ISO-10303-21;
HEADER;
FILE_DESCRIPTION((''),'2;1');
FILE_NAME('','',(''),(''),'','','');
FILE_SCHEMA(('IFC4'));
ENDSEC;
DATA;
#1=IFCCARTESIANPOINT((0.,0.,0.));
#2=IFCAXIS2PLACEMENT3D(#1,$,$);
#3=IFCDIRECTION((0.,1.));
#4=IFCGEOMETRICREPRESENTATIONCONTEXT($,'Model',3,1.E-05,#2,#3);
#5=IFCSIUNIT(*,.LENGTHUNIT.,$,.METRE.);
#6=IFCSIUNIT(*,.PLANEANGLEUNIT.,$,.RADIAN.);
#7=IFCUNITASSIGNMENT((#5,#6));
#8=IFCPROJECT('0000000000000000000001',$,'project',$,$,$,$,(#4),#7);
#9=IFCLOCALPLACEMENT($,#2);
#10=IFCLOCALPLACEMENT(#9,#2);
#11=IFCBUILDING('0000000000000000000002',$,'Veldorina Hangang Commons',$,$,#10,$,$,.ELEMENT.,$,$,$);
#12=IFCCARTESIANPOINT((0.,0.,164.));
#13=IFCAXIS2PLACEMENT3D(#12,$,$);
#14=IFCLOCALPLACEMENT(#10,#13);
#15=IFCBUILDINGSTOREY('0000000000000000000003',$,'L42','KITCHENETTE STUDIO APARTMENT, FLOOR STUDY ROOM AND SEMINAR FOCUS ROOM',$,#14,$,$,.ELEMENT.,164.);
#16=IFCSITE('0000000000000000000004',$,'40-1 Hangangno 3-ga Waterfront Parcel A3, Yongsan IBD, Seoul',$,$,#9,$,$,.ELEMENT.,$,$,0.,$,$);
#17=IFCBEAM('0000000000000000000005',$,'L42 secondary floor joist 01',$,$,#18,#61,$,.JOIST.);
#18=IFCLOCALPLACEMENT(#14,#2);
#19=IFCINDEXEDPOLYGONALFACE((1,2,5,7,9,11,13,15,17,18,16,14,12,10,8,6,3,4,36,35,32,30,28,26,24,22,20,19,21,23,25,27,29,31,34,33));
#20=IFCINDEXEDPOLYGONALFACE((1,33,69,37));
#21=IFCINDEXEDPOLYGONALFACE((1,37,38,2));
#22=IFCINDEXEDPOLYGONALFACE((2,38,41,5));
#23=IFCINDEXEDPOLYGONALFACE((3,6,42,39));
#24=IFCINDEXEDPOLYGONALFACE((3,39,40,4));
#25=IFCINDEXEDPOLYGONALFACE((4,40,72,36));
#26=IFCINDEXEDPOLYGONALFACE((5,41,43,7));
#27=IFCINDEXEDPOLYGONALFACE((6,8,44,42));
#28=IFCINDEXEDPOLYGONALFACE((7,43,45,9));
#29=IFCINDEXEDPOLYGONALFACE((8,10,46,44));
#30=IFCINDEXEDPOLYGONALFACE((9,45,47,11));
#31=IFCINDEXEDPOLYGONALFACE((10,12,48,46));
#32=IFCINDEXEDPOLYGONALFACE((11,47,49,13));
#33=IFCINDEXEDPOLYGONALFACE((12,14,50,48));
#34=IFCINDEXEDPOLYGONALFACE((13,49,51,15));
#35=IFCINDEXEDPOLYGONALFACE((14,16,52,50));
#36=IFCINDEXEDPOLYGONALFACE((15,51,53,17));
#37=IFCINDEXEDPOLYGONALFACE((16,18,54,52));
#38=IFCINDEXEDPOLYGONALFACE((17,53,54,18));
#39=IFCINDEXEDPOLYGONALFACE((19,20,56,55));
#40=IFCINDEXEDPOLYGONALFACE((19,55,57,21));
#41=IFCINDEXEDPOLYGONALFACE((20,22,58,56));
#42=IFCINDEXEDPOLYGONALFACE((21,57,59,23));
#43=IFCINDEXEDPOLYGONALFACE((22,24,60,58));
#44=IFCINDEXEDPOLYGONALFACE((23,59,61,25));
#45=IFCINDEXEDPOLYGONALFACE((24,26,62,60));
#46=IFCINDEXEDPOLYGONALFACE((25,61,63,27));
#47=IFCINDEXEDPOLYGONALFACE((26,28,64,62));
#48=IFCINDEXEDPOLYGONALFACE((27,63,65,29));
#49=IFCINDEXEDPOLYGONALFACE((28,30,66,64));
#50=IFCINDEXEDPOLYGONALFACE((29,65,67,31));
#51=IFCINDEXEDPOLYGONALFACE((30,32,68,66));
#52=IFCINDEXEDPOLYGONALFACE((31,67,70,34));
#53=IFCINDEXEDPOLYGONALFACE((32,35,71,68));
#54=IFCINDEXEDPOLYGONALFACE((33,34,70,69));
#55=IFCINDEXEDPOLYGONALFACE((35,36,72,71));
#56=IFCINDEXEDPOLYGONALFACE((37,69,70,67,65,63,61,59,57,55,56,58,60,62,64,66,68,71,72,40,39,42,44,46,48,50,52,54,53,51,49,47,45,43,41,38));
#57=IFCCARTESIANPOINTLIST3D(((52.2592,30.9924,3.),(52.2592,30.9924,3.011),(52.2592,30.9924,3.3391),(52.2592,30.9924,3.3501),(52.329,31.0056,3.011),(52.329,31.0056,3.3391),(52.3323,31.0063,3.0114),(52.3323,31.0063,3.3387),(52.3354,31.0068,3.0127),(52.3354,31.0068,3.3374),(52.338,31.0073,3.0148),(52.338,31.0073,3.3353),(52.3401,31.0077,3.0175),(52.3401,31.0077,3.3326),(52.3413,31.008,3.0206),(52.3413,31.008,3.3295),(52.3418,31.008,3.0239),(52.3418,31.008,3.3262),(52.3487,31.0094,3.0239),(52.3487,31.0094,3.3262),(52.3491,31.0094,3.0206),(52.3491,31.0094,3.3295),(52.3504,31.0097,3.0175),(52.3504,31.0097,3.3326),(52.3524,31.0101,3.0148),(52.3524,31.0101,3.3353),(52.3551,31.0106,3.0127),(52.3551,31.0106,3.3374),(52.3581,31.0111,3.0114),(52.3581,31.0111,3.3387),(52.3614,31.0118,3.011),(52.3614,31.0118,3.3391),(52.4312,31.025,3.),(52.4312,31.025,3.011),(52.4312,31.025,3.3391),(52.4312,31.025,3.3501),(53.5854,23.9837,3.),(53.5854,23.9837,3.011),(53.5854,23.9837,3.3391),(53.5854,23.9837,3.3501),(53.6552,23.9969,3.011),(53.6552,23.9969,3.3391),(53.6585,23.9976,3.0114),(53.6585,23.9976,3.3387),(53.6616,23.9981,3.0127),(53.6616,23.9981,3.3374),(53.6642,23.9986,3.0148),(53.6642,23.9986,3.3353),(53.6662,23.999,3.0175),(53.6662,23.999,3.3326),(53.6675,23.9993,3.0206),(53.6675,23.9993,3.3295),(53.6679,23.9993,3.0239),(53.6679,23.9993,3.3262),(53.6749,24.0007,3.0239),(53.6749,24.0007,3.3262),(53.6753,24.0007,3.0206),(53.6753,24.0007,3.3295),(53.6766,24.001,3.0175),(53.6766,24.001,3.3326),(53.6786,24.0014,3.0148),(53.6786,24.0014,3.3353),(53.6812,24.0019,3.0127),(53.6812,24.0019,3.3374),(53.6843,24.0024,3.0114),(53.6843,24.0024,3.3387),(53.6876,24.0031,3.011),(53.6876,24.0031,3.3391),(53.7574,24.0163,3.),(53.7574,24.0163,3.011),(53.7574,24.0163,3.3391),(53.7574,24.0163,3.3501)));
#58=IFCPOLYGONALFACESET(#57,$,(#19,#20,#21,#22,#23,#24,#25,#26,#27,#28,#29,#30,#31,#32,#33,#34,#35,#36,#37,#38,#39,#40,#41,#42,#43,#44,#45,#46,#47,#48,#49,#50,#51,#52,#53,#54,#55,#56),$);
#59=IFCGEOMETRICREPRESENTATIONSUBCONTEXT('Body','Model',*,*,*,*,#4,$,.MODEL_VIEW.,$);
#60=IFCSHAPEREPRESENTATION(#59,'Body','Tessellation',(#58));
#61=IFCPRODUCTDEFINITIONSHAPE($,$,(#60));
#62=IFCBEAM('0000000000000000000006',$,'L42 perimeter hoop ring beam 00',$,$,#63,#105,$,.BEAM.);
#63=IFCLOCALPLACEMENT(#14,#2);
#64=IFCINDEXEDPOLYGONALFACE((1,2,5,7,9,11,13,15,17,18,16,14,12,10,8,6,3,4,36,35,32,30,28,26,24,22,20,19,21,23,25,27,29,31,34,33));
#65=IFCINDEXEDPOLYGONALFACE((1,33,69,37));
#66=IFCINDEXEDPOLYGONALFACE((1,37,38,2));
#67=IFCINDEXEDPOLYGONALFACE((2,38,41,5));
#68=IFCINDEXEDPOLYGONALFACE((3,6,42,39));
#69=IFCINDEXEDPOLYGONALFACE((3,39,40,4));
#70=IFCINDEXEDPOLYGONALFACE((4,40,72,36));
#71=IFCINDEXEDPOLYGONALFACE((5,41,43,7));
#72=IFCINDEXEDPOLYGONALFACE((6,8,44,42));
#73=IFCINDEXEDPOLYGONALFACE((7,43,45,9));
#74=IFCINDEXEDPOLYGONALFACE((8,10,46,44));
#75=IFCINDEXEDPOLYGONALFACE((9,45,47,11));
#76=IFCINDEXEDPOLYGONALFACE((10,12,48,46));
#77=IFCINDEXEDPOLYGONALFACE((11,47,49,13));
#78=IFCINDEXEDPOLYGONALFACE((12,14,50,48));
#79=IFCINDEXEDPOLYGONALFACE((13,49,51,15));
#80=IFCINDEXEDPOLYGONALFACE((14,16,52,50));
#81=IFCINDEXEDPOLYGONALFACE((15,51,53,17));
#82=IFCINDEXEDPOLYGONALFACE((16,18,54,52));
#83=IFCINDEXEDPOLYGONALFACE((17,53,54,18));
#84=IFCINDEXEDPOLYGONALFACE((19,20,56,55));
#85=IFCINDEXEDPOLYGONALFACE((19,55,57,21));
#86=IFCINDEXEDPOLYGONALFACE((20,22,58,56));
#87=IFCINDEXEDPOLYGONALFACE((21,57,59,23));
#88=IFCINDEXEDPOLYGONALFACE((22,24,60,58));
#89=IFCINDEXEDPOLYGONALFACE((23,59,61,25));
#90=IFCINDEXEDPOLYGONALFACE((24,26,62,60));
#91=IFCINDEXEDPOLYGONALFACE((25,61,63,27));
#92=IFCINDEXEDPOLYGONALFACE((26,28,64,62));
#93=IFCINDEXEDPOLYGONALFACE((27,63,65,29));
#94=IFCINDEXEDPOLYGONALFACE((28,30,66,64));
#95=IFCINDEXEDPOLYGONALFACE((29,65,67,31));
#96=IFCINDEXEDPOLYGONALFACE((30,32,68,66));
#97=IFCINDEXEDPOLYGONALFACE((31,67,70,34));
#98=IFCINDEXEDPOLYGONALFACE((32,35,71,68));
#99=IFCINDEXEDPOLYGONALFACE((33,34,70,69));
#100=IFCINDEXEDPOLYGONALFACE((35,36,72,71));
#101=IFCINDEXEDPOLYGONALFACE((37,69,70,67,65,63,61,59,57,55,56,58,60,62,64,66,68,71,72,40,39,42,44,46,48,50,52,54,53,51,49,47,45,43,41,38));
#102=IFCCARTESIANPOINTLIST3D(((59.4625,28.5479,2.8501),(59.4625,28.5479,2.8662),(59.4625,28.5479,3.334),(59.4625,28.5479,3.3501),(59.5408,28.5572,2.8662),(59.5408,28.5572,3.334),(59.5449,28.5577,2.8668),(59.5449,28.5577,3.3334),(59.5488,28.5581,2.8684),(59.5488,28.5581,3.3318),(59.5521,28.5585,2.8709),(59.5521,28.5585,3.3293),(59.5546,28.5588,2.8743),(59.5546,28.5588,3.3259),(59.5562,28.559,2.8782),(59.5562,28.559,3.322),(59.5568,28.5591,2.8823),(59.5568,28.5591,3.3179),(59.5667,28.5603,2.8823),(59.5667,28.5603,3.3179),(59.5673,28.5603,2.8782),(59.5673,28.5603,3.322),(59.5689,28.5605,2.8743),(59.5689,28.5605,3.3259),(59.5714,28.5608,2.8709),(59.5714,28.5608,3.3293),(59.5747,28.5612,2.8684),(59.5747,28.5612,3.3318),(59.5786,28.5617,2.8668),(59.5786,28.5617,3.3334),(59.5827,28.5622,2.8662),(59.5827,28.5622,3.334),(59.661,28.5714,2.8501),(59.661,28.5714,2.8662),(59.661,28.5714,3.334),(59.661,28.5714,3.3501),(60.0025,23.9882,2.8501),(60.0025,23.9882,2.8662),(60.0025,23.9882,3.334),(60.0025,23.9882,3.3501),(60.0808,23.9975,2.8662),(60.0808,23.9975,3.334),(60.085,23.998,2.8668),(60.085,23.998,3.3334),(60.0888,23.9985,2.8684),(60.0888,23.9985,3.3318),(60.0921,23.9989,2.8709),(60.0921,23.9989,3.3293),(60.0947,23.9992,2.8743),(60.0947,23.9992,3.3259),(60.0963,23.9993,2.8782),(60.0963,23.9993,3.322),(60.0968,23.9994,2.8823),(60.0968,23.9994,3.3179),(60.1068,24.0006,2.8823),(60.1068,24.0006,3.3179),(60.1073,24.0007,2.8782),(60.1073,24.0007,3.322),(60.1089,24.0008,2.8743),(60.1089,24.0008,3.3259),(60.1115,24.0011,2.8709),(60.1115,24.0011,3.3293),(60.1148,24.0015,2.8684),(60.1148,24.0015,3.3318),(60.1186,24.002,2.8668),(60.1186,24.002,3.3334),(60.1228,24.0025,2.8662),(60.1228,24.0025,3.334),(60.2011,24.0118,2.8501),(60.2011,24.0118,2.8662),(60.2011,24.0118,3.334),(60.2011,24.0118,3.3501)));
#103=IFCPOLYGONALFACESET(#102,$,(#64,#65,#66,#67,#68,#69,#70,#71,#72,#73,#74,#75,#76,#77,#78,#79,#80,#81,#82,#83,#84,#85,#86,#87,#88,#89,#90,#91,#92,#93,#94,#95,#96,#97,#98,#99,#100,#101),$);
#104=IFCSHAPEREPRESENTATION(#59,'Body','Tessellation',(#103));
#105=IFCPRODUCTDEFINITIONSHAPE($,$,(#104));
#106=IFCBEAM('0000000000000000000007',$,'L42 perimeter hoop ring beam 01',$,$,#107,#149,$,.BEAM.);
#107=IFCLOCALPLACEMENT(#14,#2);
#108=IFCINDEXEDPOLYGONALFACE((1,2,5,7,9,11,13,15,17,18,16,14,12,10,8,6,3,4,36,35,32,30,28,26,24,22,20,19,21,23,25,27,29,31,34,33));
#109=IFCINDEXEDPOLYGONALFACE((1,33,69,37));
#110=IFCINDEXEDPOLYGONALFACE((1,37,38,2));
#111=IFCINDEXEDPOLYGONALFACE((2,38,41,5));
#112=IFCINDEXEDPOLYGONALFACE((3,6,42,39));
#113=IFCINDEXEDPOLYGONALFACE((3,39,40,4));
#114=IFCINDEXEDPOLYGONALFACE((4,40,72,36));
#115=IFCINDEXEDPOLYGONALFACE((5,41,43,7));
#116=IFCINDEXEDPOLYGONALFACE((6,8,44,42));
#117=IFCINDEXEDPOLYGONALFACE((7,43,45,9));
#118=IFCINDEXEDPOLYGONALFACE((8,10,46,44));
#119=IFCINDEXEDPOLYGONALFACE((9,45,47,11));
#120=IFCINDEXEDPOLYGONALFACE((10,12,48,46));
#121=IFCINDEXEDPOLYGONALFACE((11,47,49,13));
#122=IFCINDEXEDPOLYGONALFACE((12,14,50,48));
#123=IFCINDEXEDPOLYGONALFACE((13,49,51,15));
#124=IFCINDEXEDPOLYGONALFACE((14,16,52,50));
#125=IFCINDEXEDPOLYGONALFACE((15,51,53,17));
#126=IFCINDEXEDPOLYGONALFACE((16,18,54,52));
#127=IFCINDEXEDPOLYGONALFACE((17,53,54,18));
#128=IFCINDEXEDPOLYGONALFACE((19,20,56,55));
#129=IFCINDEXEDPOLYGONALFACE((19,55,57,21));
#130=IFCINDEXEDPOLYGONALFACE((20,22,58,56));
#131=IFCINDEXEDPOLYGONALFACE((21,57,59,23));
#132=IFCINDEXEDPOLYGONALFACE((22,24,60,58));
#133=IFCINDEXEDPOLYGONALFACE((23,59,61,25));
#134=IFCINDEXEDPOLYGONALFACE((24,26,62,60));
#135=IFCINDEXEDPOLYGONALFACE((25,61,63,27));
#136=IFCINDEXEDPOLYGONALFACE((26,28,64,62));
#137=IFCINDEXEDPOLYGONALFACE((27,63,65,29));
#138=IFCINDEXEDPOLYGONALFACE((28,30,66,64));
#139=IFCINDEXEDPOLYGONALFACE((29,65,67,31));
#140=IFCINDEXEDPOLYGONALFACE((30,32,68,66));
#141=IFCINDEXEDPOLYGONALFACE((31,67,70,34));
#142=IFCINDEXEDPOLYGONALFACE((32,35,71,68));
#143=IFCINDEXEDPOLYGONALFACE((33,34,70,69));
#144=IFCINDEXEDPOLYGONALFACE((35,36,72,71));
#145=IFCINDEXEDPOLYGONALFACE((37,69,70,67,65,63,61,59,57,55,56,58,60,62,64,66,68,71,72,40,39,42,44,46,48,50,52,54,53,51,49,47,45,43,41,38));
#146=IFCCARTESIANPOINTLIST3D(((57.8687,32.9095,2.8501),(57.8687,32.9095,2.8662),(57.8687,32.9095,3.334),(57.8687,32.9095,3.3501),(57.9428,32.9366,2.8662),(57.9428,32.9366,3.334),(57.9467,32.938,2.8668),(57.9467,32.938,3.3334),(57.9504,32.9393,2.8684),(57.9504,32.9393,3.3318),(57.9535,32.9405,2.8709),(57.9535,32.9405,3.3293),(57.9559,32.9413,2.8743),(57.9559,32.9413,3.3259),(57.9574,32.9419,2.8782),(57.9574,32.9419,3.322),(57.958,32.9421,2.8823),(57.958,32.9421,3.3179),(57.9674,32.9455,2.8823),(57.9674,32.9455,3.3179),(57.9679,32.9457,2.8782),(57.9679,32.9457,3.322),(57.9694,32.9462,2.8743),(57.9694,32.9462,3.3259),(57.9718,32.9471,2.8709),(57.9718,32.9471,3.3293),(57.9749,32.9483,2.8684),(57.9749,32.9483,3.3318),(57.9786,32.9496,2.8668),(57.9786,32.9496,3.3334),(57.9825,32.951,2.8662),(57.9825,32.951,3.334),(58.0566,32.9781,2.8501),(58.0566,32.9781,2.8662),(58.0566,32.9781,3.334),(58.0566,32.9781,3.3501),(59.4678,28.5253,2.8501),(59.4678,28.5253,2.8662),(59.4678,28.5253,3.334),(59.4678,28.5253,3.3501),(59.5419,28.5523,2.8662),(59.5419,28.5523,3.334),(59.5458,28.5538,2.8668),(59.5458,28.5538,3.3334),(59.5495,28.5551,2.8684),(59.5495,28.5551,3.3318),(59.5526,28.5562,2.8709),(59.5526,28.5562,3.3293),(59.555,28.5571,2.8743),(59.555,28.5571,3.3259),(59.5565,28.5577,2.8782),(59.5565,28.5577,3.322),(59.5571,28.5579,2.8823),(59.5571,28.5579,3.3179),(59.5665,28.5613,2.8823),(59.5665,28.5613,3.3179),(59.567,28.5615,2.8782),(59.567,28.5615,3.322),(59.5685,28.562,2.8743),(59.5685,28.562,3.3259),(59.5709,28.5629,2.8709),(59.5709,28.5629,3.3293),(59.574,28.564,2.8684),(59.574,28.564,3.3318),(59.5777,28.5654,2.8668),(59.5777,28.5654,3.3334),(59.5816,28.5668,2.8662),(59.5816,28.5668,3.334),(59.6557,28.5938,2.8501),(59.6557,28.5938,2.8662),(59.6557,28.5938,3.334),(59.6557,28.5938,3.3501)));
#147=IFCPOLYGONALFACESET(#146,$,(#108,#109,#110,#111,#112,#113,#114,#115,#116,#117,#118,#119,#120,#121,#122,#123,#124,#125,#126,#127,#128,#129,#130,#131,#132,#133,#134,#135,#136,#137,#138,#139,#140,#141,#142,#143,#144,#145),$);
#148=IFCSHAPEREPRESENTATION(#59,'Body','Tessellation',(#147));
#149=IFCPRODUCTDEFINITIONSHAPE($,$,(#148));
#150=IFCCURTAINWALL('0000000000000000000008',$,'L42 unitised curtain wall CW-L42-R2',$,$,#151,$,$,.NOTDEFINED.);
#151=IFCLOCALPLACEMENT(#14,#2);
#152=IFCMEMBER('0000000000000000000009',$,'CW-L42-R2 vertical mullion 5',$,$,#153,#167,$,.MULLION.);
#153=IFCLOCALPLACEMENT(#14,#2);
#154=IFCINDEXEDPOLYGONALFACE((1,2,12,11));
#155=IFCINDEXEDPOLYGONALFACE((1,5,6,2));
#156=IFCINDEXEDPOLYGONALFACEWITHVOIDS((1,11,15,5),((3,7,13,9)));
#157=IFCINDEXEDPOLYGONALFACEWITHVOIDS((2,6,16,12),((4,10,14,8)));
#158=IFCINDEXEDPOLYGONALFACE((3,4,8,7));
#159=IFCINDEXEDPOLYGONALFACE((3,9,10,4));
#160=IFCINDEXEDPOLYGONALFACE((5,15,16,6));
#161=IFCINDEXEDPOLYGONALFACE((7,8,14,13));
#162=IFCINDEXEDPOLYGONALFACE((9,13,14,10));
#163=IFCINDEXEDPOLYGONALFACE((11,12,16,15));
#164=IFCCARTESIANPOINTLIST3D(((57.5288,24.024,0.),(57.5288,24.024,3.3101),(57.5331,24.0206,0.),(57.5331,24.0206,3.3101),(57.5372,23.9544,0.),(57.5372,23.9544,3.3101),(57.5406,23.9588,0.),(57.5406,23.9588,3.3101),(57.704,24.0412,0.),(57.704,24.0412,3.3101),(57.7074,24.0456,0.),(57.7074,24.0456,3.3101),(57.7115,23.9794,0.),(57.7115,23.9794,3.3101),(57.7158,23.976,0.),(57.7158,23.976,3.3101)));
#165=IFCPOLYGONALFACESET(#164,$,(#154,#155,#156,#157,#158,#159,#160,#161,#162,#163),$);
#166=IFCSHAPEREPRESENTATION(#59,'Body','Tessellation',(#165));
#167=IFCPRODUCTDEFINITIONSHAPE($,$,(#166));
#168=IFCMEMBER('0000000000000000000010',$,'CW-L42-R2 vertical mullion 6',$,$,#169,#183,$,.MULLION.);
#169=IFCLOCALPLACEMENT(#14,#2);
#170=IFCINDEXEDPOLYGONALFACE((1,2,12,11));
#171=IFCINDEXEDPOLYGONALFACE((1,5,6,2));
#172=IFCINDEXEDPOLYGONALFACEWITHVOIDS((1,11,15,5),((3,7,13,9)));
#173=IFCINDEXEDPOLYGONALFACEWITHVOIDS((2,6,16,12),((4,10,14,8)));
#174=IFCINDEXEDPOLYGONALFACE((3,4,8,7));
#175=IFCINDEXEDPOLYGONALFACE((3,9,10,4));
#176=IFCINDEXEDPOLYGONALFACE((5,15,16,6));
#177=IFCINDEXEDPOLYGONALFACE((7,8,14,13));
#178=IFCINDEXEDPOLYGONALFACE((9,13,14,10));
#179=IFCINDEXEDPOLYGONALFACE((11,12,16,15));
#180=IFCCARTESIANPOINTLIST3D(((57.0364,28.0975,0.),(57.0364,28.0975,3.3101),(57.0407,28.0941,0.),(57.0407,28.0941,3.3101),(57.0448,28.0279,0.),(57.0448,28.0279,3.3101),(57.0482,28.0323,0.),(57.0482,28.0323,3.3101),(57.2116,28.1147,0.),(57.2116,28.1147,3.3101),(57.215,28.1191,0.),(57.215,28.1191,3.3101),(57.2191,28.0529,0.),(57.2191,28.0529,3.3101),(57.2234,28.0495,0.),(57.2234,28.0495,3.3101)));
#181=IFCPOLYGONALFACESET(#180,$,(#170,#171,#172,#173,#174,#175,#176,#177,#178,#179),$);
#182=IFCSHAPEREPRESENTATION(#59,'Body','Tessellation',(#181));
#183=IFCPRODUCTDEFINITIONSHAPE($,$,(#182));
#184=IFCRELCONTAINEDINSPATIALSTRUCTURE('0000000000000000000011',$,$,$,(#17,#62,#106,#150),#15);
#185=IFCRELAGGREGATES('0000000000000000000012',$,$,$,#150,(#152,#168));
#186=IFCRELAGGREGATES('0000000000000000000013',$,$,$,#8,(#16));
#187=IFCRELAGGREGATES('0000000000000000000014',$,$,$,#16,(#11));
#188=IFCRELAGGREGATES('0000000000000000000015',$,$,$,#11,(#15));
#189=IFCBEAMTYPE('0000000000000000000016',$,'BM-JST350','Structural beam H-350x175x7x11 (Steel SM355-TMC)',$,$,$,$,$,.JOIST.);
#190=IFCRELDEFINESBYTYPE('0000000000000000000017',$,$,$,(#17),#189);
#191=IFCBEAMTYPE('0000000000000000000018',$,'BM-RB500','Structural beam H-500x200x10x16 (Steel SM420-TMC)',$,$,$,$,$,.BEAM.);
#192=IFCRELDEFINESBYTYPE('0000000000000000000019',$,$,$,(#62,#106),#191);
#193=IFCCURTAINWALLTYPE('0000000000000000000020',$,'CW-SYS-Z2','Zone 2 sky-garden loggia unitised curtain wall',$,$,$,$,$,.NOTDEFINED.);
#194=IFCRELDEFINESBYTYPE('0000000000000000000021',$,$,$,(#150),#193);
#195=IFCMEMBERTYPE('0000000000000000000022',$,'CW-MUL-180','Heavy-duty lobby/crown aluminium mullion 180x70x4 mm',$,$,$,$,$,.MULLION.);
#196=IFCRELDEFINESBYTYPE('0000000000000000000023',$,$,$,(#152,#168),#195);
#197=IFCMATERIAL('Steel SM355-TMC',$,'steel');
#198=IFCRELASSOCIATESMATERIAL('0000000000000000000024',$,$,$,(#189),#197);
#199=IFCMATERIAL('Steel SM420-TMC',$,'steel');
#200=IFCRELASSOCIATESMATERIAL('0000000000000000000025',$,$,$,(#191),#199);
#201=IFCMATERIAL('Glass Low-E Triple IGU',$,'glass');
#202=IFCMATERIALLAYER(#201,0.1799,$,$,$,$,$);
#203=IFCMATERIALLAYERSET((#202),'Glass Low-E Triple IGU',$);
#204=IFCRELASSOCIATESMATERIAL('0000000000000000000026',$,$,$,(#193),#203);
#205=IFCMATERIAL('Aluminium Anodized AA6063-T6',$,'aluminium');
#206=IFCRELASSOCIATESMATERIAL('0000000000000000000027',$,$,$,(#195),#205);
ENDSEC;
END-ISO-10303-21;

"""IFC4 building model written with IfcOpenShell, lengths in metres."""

from ifc_helpers import new_model, si_unit, direction, frame, origin, origin_2d, place, context, subcontext, project, spatial, hollow_rectangle, i_section, extrude, material, layer, layer_set, material_profile, profile_set, type_object, element, aggregate, save


model = new_model("IFC4")

# Units and contexts
model_context = context("Model", 3, precision=1e-05, world=origin(), true_north=direction((0.0, 1.0)))
body_context = subcontext(model_context, "Body", "Model", "MODEL_VIEW")
ifc_project = project(units=[si_unit("LENGTHUNIT", "METRE"), si_unit("PLANEANGLEUNIT", "RADIAN")], contexts=[model_context])

# Site, building, storey
site_placement = place(None, origin())
site = spatial("IfcSite", under=ifc_project, at=site_placement, Name="40-1 Hangangno 3-ga Waterfront Parcel A3, Yongsan IBD, Seoul", CompositionType="ELEMENT", RefElevation=0.0)
building_placement = place(site_placement, origin())
building = spatial("IfcBuilding", under=site, at=building_placement, Name="Veldorina Hangang Commons", CompositionType="ELEMENT")
storey_placement = place(building_placement, frame((0.0, 0.0, 164.0)))
storey = spatial("IfcBuildingStorey", under=building, at=storey_placement, Name="L42", Description="KITCHENETTE STUDIO APARTMENT, FLOOR STUDY ROOM AND SEMINAR FOCUS ROOM", CompositionType="ELEMENT", Elevation=164.0)

# Beams
ifc_material_1 = material(Name="Steel SM355-TMC", Category="steel")
ifc_material_profile_1 = material_profile(ifc_material_1, i_section(OverallWidth=0.175, OverallDepth=0.3501, WebThickness=0.0071, FlangeThickness=0.011, FilletRadius=0.0129, at=origin_2d()), Name="H-350x175x7x11")
ifc_profile_set_1 = profile_set([ifc_material_profile_1], Name="Steel SM355-TMC")
beam_type_1 = type_object("IfcBeamType", Name="BM-JST350", Description="Structural beam H-350x175x7x11 (Steel SM355-TMC)", PredefinedType="JOIST", material=ifc_profile_set_1)
beam_1_placement = place(storey_placement, frame((53.6714, 24.0, 3.175), z_axis=(-0.185917, 0.982566, 0.0), x_axis=(-0.982566, -0.185917, 0.0)))
element("IfcBeam", 1, at=beam_1_placement, inside=storey, type_object=beam_type_1, Name="L42 secondary floor joist 01", PredefinedType="JOIST", context=body_context, shape_type="SweptSolid", body=[
    extrude(i_section(OverallWidth=0.175, OverallDepth=0.3501, WebThickness=0.0071, FlangeThickness=0.011, FilletRadius=0.0129, at=origin_2d()), origin(), (0.0, 0.0, 1.0), 7.1331),
])
ifc_material_2 = material(Name="Steel SM420-TMC", Category="steel")
ifc_material_profile_2 = material_profile(ifc_material_2, i_section(OverallWidth=0.2, OverallDepth=0.5, WebThickness=0.01, FlangeThickness=0.0161, FilletRadius=0.0161, at=origin_2d()), Name="H-500x200x10x16")
ifc_profile_set_2 = profile_set([ifc_material_profile_2], Name="Steel SM420-TMC")
beam_type_2 = type_object("IfcBeamType", Name="BM-RB500", Description="Structural beam H-500x200x10x16 (Steel SM420-TMC)", PredefinedType="BEAM", material=ifc_profile_set_2)
beam_2_placement = place(storey_placement, frame((60.1018, 24.0, 3.1001), z_axis=(-0.117619, 0.993059, 0.0), x_axis=(-0.993059, -0.117619, 0.0)))
element("IfcBeam", 2, at=beam_2_placement, inside=storey, type_object=beam_type_2, Name="L42 perimeter hoop ring beam 00", PredefinedType="BEAM", context=body_context, shape_type="SweptSolid", body=[
    extrude(i_section(OverallWidth=0.2, OverallDepth=0.5, WebThickness=0.01, FlangeThickness=0.0161, FilletRadius=0.0161, at=origin_2d()), origin(), (0.0, 0.0, 1.0), 4.5916),
])
beam_3_placement = place(storey_placement, frame((59.5618, 28.5596, 3.1001), z_axis=(-0.342659, 0.93946, 0.0), x_axis=(-0.93946, -0.342659, 0.0)))
element("IfcBeam", 3, at=beam_3_placement, inside=storey, type_object=beam_type_2, Name="L42 perimeter hoop ring beam 01", PredefinedType="BEAM", context=body_context, shape_type="SweptSolid", body=[
    extrude(i_section(OverallWidth=0.2, OverallDepth=0.5, WebThickness=0.01, FlangeThickness=0.0161, FilletRadius=0.0161, at=origin_2d()), origin(), (0.0, 0.0, 1.0), 4.6667),
])

# Curtain wall, members
ifc_material_3 = material(Name="Glass Low-E Triple IGU", Category="glass")
ifc_layer_1 = layer(ifc_material_3, 0.1799)
ifc_layer_set_1 = layer_set([ifc_layer_1], Name="Glass Low-E Triple IGU")
curtain_wall_type = type_object("IfcCurtainWallType", Name="CW-SYS-Z2", Description="Zone 2 sky-garden loggia unitised curtain wall", PredefinedType="NOTDEFINED", material=ifc_layer_set_1)
curtain_wall_placement = place(storey_placement, origin())
curtain_wall = element("IfcCurtainWall", 4, at=curtain_wall_placement, inside=storey, type_object=curtain_wall_type, Name="L42 unitised curtain wall CW-L42-R2", PredefinedType="NOTDEFINED")
ifc_material_4 = material(Name="Aluminium Anodized AA6063-T6", Category="aluminium")
ifc_material_profile_3 = material_profile(ifc_material_4, hollow_rectangle(XDim=0.0701, YDim=0.1799, WallThickness=0.0039, at=origin_2d()), Name="ALU-RHS-180x70x4")
ifc_profile_set_3 = profile_set([ifc_material_profile_3], Name="Aluminium Anodized AA6063-T6")
member_type_1 = type_object("IfcMemberType", Name="CW-MUL-180", Description="Heavy-duty lobby/crown aluminium mullion 180x70x4 mm", PredefinedType="MULLION", material=ifc_profile_set_3)
member_1_placement = place(storey_placement, frame((57.6223, 24.0, 0.0), z_axis=(0.0, 0.0, 1.0), x_axis=(-0.119981, 0.992776, 0.0)))
member_1 = element("IfcMember", 5, at=member_1_placement, type_object=member_type_1, Name="CW-L42-R2 vertical mullion 5", PredefinedType="MULLION", context=body_context, shape_type="SweptSolid", body=[
    extrude(hollow_rectangle(XDim=0.0701, YDim=0.1799, WallThickness=0.0039, at=origin_2d()), origin(), (0.0, 0.0, 1.0), 3.3101),
])
member_2_placement = place(storey_placement, frame((57.1299, 28.0735, 0.0), z_axis=(0.0, 0.0, 1.0), x_axis=(0.119981, -0.992776, 0.0)))
member_2 = element("IfcMember", 6, at=member_2_placement, type_object=member_type_1, Name="CW-L42-R2 vertical mullion 6", PredefinedType="MULLION", context=body_context, shape_type="SweptSolid", body=[
    extrude(hollow_rectangle(XDim=0.0701, YDim=0.1799, WallThickness=0.0039, at=origin_2d()), origin(), (0.0, 0.0, 1.0), 3.3101),
])

aggregate(curtain_wall, [member_1, member_2])

save(model, "model.ifc")
